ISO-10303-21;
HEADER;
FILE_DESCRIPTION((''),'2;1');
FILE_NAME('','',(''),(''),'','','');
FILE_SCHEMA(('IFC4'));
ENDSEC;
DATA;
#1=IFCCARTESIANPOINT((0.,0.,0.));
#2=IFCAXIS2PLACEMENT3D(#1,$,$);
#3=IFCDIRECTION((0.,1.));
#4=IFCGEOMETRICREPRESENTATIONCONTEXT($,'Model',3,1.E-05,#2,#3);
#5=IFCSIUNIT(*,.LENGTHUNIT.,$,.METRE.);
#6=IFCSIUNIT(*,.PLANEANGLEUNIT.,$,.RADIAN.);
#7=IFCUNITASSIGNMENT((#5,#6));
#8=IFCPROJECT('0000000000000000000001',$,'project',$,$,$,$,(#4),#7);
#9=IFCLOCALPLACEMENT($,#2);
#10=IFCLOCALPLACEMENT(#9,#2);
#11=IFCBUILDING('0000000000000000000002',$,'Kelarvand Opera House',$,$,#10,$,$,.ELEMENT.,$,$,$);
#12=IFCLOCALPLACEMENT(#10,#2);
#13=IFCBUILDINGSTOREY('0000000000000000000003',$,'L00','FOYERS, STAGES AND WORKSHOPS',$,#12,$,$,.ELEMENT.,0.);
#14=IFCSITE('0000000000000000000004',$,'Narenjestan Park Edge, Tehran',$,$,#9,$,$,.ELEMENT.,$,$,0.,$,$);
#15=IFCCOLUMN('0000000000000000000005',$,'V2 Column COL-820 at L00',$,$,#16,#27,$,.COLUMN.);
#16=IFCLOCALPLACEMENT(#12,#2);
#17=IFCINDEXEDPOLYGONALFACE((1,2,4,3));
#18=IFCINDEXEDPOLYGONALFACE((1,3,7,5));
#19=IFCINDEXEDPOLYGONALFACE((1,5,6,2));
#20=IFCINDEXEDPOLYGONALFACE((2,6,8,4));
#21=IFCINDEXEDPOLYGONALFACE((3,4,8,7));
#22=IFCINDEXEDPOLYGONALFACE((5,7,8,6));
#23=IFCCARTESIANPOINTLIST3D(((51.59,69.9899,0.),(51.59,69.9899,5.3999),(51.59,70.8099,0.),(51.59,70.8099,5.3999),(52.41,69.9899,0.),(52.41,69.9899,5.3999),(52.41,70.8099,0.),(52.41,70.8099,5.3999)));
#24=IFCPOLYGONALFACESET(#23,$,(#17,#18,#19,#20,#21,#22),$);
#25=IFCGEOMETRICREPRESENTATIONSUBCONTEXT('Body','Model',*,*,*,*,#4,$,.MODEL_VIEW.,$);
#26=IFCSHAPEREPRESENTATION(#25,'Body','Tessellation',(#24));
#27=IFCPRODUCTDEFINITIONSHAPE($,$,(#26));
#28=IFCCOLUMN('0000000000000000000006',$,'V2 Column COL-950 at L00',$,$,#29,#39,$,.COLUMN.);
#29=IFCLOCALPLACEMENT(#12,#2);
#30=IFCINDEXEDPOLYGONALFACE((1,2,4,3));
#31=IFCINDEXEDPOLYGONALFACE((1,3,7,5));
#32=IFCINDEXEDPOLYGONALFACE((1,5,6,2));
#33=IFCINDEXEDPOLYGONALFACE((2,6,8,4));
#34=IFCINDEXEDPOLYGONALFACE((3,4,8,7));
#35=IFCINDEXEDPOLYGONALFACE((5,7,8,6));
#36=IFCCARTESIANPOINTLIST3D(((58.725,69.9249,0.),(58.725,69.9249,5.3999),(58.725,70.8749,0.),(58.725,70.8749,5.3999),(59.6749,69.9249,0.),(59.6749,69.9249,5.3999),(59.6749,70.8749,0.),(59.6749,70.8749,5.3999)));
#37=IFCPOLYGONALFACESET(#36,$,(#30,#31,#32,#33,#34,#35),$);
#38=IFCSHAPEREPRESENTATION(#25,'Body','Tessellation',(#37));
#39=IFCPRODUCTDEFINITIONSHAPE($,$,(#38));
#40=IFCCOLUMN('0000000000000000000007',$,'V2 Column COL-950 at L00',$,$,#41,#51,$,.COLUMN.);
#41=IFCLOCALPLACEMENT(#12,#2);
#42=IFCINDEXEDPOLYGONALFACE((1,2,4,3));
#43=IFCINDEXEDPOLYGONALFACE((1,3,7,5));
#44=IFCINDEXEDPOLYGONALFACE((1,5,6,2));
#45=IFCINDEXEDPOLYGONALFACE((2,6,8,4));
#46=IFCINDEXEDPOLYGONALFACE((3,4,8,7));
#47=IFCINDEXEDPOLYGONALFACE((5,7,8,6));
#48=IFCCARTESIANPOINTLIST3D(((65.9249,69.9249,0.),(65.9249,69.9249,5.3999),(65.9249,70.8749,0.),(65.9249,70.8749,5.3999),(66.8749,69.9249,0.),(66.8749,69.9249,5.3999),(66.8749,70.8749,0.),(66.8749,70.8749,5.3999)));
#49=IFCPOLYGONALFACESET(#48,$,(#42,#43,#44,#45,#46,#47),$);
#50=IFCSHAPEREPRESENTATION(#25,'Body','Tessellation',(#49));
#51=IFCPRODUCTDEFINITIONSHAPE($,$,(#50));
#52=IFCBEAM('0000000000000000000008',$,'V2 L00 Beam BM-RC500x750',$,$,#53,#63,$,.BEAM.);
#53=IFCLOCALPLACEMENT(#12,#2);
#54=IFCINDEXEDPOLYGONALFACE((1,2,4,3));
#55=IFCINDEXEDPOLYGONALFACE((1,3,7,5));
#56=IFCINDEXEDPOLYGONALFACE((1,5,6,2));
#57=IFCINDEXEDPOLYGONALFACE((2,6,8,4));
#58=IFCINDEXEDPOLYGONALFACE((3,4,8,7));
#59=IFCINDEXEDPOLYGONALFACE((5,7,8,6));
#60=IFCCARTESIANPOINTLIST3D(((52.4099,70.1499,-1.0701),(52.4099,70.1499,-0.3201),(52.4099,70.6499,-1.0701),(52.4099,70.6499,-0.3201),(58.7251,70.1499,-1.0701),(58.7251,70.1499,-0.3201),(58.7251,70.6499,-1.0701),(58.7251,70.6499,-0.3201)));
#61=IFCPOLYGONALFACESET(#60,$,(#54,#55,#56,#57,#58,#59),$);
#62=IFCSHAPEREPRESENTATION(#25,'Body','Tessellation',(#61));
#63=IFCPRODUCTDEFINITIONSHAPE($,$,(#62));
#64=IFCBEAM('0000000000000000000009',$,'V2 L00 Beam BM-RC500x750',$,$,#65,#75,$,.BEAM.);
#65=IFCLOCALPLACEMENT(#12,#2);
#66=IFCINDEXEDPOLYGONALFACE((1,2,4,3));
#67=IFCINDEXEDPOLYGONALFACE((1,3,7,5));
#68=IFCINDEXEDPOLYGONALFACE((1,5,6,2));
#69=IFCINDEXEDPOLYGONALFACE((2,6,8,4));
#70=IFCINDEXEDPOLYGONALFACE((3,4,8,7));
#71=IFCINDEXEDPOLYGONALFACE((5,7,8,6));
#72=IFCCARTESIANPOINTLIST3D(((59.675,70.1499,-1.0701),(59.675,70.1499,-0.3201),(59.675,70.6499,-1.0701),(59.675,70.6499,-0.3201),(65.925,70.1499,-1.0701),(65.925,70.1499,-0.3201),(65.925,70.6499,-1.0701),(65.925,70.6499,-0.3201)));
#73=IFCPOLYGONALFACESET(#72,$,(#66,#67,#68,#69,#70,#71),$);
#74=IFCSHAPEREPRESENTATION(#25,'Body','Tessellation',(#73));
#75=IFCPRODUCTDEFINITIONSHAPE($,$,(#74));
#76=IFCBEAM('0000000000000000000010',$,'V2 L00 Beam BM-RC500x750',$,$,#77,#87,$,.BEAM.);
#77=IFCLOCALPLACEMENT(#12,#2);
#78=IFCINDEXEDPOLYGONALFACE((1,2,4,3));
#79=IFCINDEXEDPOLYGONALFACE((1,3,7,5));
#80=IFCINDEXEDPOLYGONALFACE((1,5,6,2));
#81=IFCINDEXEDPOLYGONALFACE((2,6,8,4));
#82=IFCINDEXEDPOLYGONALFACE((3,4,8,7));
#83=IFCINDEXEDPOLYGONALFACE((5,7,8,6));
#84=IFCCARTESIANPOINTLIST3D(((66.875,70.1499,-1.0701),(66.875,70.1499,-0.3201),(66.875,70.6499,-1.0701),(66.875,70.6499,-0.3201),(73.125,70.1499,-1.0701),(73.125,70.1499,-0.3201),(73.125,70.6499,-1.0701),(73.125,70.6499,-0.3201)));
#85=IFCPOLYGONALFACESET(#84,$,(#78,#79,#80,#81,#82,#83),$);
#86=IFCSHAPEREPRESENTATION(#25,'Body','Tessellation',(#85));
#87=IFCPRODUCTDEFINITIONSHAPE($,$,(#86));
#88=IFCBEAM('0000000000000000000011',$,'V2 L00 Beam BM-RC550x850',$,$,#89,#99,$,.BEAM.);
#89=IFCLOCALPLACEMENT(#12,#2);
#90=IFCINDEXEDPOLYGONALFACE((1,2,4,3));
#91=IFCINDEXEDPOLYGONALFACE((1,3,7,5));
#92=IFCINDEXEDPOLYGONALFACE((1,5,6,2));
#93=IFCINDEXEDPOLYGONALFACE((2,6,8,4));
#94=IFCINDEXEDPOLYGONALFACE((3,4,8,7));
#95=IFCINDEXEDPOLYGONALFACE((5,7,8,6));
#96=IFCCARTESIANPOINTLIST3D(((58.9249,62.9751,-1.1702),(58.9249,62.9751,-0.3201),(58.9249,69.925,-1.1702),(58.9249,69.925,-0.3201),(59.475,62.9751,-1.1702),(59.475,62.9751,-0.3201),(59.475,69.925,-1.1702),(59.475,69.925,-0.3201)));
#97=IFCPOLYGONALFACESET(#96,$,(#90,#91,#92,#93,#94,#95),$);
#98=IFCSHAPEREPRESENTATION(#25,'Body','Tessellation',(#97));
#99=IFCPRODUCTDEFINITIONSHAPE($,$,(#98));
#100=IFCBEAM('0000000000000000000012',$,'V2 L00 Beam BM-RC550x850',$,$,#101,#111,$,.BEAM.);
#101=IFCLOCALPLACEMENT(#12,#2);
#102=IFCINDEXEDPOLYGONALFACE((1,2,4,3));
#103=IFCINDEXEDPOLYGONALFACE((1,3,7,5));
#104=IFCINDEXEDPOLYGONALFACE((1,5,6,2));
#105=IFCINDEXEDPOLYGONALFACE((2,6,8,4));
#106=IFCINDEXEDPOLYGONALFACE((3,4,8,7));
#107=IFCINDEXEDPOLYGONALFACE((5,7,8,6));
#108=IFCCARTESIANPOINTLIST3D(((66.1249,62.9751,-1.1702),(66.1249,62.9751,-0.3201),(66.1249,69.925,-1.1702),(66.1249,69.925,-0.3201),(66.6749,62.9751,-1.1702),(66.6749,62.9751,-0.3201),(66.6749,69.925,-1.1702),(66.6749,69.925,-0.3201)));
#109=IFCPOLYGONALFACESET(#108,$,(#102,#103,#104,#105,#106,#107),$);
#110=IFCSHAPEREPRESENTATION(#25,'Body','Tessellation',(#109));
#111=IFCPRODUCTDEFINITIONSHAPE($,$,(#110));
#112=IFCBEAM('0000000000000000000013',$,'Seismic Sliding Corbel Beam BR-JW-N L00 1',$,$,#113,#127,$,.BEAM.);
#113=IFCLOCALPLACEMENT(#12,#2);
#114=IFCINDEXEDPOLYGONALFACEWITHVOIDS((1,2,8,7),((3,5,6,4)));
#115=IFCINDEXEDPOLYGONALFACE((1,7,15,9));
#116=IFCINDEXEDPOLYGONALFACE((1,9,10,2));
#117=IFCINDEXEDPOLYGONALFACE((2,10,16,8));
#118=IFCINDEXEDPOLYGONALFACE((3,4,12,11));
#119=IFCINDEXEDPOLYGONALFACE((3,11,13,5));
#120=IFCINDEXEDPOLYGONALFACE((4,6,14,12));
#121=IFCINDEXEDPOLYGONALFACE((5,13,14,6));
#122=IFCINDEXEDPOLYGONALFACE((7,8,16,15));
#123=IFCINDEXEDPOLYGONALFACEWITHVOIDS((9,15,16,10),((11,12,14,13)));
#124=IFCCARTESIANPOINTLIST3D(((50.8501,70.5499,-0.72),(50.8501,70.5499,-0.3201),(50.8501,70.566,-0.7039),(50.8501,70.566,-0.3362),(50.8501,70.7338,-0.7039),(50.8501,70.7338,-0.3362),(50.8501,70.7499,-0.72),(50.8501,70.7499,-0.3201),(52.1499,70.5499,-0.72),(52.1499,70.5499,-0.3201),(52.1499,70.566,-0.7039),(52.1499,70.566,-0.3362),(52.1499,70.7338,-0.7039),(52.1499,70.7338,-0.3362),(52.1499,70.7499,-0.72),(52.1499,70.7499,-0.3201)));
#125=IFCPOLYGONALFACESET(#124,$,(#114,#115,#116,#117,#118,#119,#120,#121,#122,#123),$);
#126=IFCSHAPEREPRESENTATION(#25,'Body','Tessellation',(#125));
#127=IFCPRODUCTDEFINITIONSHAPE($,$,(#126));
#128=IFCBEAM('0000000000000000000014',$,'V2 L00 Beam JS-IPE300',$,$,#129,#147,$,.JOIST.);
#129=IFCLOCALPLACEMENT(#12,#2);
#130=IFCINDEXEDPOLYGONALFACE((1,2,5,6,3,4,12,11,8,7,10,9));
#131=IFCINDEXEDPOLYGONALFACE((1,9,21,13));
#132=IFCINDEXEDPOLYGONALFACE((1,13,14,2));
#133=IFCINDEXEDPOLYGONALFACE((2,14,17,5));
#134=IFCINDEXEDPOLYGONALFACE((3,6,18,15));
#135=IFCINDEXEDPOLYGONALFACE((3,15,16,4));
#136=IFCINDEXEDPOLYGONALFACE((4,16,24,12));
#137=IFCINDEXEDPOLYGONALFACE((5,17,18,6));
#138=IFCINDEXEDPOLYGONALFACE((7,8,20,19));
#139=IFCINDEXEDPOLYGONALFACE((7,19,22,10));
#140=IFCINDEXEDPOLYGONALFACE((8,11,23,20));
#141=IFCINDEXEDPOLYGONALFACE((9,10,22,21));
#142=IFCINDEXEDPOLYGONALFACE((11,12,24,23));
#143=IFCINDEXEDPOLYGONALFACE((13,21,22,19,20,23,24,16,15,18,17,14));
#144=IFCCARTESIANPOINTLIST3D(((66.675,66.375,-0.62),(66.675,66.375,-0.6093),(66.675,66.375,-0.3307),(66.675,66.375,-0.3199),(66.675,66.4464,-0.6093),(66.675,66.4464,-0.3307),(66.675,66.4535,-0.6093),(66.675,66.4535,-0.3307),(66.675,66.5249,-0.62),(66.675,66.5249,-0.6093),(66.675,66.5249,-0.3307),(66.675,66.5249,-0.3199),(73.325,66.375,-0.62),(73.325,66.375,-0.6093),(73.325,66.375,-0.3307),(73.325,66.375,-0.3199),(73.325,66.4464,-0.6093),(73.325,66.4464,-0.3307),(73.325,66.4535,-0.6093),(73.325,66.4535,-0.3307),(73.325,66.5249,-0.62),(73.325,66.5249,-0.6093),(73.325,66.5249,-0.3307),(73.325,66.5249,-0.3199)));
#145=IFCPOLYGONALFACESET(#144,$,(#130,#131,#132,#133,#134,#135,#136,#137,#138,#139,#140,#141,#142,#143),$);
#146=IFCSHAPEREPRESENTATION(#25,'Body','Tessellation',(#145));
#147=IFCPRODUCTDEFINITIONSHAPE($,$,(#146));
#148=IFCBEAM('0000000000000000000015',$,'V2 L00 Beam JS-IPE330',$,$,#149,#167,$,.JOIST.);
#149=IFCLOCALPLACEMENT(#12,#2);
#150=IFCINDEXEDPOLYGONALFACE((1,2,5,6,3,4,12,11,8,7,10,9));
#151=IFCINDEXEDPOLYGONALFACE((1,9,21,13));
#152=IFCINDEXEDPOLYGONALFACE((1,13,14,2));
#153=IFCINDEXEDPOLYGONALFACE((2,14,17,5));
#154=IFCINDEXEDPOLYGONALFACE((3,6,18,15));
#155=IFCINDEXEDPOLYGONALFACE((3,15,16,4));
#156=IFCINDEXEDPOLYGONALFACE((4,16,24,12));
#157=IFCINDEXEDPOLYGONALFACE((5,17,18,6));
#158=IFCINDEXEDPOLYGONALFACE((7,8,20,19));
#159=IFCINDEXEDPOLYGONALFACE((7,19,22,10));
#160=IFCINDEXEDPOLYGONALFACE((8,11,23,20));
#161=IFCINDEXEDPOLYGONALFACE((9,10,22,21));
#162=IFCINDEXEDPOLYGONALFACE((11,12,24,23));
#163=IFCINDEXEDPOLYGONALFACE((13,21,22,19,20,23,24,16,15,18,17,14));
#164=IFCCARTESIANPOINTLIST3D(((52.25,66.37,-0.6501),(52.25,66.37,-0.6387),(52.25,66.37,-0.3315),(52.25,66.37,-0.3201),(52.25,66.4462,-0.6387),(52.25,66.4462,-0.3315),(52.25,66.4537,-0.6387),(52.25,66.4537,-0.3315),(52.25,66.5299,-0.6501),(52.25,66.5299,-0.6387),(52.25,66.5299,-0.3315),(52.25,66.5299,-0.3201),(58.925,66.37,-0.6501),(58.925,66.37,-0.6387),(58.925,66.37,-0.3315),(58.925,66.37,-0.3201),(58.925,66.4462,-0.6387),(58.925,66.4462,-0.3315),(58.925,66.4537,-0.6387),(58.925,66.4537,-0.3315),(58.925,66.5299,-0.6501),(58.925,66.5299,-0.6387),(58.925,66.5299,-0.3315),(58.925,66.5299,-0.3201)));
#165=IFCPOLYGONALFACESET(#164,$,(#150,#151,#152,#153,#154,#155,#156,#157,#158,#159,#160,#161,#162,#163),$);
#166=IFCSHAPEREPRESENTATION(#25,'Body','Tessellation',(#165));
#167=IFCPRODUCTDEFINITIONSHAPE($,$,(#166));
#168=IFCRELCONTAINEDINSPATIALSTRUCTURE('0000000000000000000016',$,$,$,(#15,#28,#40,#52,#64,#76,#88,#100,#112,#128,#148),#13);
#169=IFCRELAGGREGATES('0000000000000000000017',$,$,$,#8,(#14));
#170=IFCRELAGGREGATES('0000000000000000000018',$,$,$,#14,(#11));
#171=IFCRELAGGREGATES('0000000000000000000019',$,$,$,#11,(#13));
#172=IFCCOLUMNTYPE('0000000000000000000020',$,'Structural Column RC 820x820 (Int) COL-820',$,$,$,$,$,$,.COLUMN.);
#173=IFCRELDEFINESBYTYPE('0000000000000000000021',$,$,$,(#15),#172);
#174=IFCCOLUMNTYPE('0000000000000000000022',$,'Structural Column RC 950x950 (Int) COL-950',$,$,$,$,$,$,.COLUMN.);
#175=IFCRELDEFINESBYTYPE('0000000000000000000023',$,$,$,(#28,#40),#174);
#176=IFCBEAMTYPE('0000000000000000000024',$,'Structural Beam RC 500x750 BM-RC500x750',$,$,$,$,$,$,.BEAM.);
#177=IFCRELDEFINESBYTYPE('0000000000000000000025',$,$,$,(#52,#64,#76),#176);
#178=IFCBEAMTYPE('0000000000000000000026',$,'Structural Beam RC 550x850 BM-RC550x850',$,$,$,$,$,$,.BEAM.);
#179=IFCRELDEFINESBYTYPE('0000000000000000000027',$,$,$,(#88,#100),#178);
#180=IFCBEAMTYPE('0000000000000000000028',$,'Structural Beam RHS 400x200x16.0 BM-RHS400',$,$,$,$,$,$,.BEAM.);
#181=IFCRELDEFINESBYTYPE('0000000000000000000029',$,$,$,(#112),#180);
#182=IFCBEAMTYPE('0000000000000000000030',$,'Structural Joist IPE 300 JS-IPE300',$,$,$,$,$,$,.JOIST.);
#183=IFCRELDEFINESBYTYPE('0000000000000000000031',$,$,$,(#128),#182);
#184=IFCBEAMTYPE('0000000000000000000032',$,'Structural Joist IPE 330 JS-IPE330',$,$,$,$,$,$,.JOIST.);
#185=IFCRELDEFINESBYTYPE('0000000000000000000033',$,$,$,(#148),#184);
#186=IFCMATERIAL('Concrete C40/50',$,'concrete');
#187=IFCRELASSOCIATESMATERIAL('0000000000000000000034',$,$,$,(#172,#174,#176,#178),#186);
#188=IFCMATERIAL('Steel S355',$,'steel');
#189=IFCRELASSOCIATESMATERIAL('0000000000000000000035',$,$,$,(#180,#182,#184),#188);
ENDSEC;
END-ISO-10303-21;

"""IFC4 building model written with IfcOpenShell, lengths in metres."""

from ifc_helpers import new_model, si_unit, direction, frame, origin, origin_2d, place, context, subcontext, project, spatial, rectangle, hollow_rectangle, i_section, extrude, material, material_profile, profile_set, type_object, element, save


model = new_model("IFC4")

# Units and contexts
model_context = context("Model", 3, precision=1e-05, world=origin(), true_north=direction((0.0, 1.0)))
body_context = subcontext(model_context, "Body", "Model", "MODEL_VIEW")
ifc_project = project(units=[si_unit("LENGTHUNIT", "METRE"), si_unit("PLANEANGLEUNIT", "RADIAN")], contexts=[model_context])

# Site, building, storey
site_placement = place(None, origin())
site = spatial("IfcSite", under=ifc_project, at=site_placement, Name="Narenjestan Park Edge, Tehran", CompositionType="ELEMENT", RefElevation=0.0)
building_placement = place(site_placement, origin())
building = spatial("IfcBuilding", under=site, at=building_placement, Name="Kelarvand Opera House", CompositionType="ELEMENT")
storey_placement = place(building_placement, origin())
storey = spatial("IfcBuildingStorey", under=building, at=storey_placement, Name="L00", Description="FOYERS, STAGES AND WORKSHOPS", CompositionType="ELEMENT", Elevation=0.0)

# Columns
ifc_material_1 = material(Name="Concrete C40/50", Category="concrete")
ifc_material_profile_1 = material_profile(ifc_material_1, rectangle(XDim=0.8201, YDim=0.8201, at=origin_2d()), Name="RC 820x820", Category="concrete")
ifc_profile_set_1 = profile_set([ifc_material_profile_1], Name="Concrete C40/50")
column_type_1 = type_object("IfcColumnType", Name="Structural Column RC 820x820 (Int) COL-820", PredefinedType="COLUMN", material=ifc_profile_set_1)
column_placement = place(storey_placement, frame((52.0, 70.3999, 0.0), z_axis=(0.0, 0.0, 1.0), x_axis=(1.0, 0.0, 0.0)))
element("IfcColumn", 1, at=column_placement, inside=storey, type_object=column_type_1, Name="V2 Column COL-820 at L00", PredefinedType="COLUMN", context=body_context, shape_type="SweptSolid", body=[
    extrude(rectangle(XDim=0.8201, YDim=0.8201, at=origin_2d()), origin(), (0.0, 0.0, 1.0), 5.3999),
])
ifc_material_profile_2 = material_profile(ifc_material_1, rectangle(XDim=0.95, YDim=0.95, at=origin_2d()), Name="RC 950x950", Category="concrete")
ifc_profile_set_2 = profile_set([ifc_material_profile_2], Name="Concrete C40/50")
column_type_2 = type_object("IfcColumnType", Name="Structural Column RC 950x950 (Int) COL-950", PredefinedType="COLUMN", material=ifc_profile_set_2)
for number, where, z_axis, x_axis, name in (
    (2, (59.2, 70.3999, 0.0), (0.0, 0.0, 1.0), (1.0, 0.0, 0.0), "V2 Column COL-950 at L00"),
    (3, (66.3999, 70.3999, 0.0), (0.0, 0.0, 1.0), (1.0, 0.0, 0.0), "V2 Column COL-950 at L00"),
):
    element("IfcColumn", number, at=place(storey_placement, frame(where, z_axis=z_axis, x_axis=x_axis)), inside=storey, type_object=column_type_2, Name=name, PredefinedType="COLUMN", context=body_context, shape_type="SweptSolid", body=[
        extrude(rectangle(XDim=0.95, YDim=0.95, at=origin_2d()), origin(), (0.0, 0.0, 1.0), 5.3999),
    ])

# Beams
ifc_material_profile_3 = material_profile(ifc_material_1, rectangle(XDim=0.5, YDim=0.75, at=origin_2d()), Name="RC 500x750", Category="concrete")
ifc_profile_set_3 = profile_set([ifc_material_profile_3], Name="Concrete C40/50")
beam_type_1 = type_object("IfcBeamType", Name="Structural Beam RC 500x750 BM-RC500x750", PredefinedType="BEAM", material=ifc_profile_set_3)
beam_1_placement = place(storey_placement, frame((52.4099, 70.3999, -0.6951), z_axis=(1.0, 0.0, 0.0), x_axis=(0.0, 1.0, 0.0)))
element("IfcBeam", 4, at=beam_1_placement, inside=storey, type_object=beam_type_1, Name="V2 L00 Beam BM-RC500x750", PredefinedType="BEAM", context=body_context, shape_type="SweptSolid", body=[
    extrude(rectangle(XDim=0.5, YDim=0.75, at=origin_2d()), origin(), (0.0, 0.0, 1.0), 6.3152),
])
for number, where, z_axis, x_axis, name in (
    (5, (59.675, 70.3999, -0.6951), (1.0, 0.0, 0.0), (0.0, 1.0, 0.0), "V2 L00 Beam BM-RC500x750"),
    (6, (66.875, 70.3999, -0.6951), (1.0, 0.0, 0.0), (0.0, 1.0, 0.0), "V2 L00 Beam BM-RC500x750"),
):
    element("IfcBeam", number, at=place(storey_placement, frame(where, z_axis=z_axis, x_axis=x_axis)), inside=storey, type_object=beam_type_1, Name=name, PredefinedType="BEAM", context=body_context, shape_type="SweptSolid", body=[
        extrude(rectangle(XDim=0.5, YDim=0.75, at=origin_2d()), origin(), (0.0, 0.0, 1.0), 6.25),
    ])
ifc_material_profile_4 = material_profile(ifc_material_1, rectangle(XDim=0.55, YDim=0.8501, at=origin_2d()), Name="RC 550x850", Category="concrete")
ifc_profile_set_4 = profile_set([ifc_material_profile_4], Name="Concrete C40/50")
beam_type_2 = type_object("IfcBeamType", Name="Structural Beam RC 550x850 BM-RC550x850", PredefinedType="BEAM", material=ifc_profile_set_4)
for number, where, z_axis, x_axis, name in (
    (7, (59.2, 62.9751, -0.7451), (0.0, 1.0, 0.0), (-1.0, 0.0, 0.0), "V2 L00 Beam BM-RC550x850"),
    (8, (66.3999, 62.9751, -0.7451), (0.0, 1.0, 0.0), (-1.0, 0.0, 0.0), "V2 L00 Beam BM-RC550x850"),
):
    element("IfcBeam", number, at=place(storey_placement, frame(where, z_axis=z_axis, x_axis=x_axis)), inside=storey, type_object=beam_type_2, Name=name, PredefinedType="BEAM", context=body_context, shape_type="SweptSolid", body=[
        extrude(rectangle(XDim=0.55, YDim=0.8501, at=origin_2d()), origin(), (0.0, 0.0, 1.0), 6.95),
    ])
ifc_material_2 = material(Name="Steel S355", Category="steel")
ifc_material_profile_5 = material_profile(ifc_material_2, hollow_rectangle(XDim=0.2, YDim=0.3999, WallThickness=0.0161, at=origin_2d()), Name="RHS 400x200x16.0", Category="steel")
ifc_profile_set_5 = profile_set([ifc_material_profile_5], Name="Steel S355")
beam_type_3 = type_object("IfcBeamType", Name="Structural Beam RHS 400x200x16.0 BM-RHS400", PredefinedType="BEAM", material=ifc_profile_set_5)
beam_2_placement = place(storey_placement, frame((50.8501, 70.6499, -0.52), z_axis=(1.0, 0.0, 0.0), x_axis=(0.0, 1.0, 0.0)))
element("IfcBeam", 9, at=beam_2_placement, inside=storey, type_object=beam_type_3, Name="Seismic Sliding Corbel Beam BR-JW-N L00 1", PredefinedType="BEAM", context=body_context, shape_type="SweptSolid", body=[
    extrude(hollow_rectangle(XDim=0.2, YDim=0.3999, WallThickness=0.0161, at=origin_2d()), origin(), (0.0, 0.0, 1.0), 1.2998),
])
ifc_material_profile_6 = material_profile(ifc_material_2, i_section(OverallWidth=0.1499, OverallDepth=0.3, WebThickness=0.0071, FlangeThickness=0.0107, at=origin_2d()), Name="IPE 300", Category="steel")
ifc_profile_set_6 = profile_set([ifc_material_profile_6], Name="Steel S355")
beam_type_4 = type_object("IfcBeamType", Name="Structural Joist IPE 300 JS-IPE300", PredefinedType="JOIST", material=ifc_profile_set_6)
beam_3_placement = place(storey_placement, frame((66.675, 66.45, -0.47), z_axis=(1.0, 0.0, 0.0), x_axis=(0.0, 1.0, 0.0)))
element("IfcBeam", 10, at=beam_3_placement, inside=storey, type_object=beam_type_4, Name="V2 L00 Beam JS-IPE300", PredefinedType="JOIST", context=body_context, shape_type="SweptSolid", body=[
    extrude(i_section(OverallWidth=0.1499, OverallDepth=0.3, WebThickness=0.0071, FlangeThickness=0.0107, at=origin_2d()), origin(), (0.0, 0.0, 1.0), 6.6499),
])
ifc_material_profile_7 = material_profile(ifc_material_2, i_section(OverallWidth=0.1599, OverallDepth=0.3301, WebThickness=0.0076, FlangeThickness=0.0115, at=origin_2d()), Name="IPE 330", Category="steel")
ifc_profile_set_7 = profile_set([ifc_material_profile_7], Name="Steel S355")
beam_type_5 = type_object("IfcBeamType", Name="Structural Joist IPE 330 JS-IPE330", PredefinedType="JOIST", material=ifc_profile_set_7)
beam_4_placement = place(storey_placement, frame((52.25, 66.45, -0.4851), z_axis=(1.0, 0.0, 0.0), x_axis=(0.0, 1.0, 0.0)))
element("IfcBeam", 11, at=beam_4_placement, inside=storey, type_object=beam_type_5, Name="V2 L00 Beam JS-IPE330", PredefinedType="JOIST", context=body_context, shape_type="SweptSolid", body=[
    extrude(i_section(OverallWidth=0.1599, OverallDepth=0.3301, WebThickness=0.0076, FlangeThickness=0.0115, at=origin_2d()), origin(), (0.0, 0.0, 1.0), 6.675),
])

save(model, "model.ifc")
